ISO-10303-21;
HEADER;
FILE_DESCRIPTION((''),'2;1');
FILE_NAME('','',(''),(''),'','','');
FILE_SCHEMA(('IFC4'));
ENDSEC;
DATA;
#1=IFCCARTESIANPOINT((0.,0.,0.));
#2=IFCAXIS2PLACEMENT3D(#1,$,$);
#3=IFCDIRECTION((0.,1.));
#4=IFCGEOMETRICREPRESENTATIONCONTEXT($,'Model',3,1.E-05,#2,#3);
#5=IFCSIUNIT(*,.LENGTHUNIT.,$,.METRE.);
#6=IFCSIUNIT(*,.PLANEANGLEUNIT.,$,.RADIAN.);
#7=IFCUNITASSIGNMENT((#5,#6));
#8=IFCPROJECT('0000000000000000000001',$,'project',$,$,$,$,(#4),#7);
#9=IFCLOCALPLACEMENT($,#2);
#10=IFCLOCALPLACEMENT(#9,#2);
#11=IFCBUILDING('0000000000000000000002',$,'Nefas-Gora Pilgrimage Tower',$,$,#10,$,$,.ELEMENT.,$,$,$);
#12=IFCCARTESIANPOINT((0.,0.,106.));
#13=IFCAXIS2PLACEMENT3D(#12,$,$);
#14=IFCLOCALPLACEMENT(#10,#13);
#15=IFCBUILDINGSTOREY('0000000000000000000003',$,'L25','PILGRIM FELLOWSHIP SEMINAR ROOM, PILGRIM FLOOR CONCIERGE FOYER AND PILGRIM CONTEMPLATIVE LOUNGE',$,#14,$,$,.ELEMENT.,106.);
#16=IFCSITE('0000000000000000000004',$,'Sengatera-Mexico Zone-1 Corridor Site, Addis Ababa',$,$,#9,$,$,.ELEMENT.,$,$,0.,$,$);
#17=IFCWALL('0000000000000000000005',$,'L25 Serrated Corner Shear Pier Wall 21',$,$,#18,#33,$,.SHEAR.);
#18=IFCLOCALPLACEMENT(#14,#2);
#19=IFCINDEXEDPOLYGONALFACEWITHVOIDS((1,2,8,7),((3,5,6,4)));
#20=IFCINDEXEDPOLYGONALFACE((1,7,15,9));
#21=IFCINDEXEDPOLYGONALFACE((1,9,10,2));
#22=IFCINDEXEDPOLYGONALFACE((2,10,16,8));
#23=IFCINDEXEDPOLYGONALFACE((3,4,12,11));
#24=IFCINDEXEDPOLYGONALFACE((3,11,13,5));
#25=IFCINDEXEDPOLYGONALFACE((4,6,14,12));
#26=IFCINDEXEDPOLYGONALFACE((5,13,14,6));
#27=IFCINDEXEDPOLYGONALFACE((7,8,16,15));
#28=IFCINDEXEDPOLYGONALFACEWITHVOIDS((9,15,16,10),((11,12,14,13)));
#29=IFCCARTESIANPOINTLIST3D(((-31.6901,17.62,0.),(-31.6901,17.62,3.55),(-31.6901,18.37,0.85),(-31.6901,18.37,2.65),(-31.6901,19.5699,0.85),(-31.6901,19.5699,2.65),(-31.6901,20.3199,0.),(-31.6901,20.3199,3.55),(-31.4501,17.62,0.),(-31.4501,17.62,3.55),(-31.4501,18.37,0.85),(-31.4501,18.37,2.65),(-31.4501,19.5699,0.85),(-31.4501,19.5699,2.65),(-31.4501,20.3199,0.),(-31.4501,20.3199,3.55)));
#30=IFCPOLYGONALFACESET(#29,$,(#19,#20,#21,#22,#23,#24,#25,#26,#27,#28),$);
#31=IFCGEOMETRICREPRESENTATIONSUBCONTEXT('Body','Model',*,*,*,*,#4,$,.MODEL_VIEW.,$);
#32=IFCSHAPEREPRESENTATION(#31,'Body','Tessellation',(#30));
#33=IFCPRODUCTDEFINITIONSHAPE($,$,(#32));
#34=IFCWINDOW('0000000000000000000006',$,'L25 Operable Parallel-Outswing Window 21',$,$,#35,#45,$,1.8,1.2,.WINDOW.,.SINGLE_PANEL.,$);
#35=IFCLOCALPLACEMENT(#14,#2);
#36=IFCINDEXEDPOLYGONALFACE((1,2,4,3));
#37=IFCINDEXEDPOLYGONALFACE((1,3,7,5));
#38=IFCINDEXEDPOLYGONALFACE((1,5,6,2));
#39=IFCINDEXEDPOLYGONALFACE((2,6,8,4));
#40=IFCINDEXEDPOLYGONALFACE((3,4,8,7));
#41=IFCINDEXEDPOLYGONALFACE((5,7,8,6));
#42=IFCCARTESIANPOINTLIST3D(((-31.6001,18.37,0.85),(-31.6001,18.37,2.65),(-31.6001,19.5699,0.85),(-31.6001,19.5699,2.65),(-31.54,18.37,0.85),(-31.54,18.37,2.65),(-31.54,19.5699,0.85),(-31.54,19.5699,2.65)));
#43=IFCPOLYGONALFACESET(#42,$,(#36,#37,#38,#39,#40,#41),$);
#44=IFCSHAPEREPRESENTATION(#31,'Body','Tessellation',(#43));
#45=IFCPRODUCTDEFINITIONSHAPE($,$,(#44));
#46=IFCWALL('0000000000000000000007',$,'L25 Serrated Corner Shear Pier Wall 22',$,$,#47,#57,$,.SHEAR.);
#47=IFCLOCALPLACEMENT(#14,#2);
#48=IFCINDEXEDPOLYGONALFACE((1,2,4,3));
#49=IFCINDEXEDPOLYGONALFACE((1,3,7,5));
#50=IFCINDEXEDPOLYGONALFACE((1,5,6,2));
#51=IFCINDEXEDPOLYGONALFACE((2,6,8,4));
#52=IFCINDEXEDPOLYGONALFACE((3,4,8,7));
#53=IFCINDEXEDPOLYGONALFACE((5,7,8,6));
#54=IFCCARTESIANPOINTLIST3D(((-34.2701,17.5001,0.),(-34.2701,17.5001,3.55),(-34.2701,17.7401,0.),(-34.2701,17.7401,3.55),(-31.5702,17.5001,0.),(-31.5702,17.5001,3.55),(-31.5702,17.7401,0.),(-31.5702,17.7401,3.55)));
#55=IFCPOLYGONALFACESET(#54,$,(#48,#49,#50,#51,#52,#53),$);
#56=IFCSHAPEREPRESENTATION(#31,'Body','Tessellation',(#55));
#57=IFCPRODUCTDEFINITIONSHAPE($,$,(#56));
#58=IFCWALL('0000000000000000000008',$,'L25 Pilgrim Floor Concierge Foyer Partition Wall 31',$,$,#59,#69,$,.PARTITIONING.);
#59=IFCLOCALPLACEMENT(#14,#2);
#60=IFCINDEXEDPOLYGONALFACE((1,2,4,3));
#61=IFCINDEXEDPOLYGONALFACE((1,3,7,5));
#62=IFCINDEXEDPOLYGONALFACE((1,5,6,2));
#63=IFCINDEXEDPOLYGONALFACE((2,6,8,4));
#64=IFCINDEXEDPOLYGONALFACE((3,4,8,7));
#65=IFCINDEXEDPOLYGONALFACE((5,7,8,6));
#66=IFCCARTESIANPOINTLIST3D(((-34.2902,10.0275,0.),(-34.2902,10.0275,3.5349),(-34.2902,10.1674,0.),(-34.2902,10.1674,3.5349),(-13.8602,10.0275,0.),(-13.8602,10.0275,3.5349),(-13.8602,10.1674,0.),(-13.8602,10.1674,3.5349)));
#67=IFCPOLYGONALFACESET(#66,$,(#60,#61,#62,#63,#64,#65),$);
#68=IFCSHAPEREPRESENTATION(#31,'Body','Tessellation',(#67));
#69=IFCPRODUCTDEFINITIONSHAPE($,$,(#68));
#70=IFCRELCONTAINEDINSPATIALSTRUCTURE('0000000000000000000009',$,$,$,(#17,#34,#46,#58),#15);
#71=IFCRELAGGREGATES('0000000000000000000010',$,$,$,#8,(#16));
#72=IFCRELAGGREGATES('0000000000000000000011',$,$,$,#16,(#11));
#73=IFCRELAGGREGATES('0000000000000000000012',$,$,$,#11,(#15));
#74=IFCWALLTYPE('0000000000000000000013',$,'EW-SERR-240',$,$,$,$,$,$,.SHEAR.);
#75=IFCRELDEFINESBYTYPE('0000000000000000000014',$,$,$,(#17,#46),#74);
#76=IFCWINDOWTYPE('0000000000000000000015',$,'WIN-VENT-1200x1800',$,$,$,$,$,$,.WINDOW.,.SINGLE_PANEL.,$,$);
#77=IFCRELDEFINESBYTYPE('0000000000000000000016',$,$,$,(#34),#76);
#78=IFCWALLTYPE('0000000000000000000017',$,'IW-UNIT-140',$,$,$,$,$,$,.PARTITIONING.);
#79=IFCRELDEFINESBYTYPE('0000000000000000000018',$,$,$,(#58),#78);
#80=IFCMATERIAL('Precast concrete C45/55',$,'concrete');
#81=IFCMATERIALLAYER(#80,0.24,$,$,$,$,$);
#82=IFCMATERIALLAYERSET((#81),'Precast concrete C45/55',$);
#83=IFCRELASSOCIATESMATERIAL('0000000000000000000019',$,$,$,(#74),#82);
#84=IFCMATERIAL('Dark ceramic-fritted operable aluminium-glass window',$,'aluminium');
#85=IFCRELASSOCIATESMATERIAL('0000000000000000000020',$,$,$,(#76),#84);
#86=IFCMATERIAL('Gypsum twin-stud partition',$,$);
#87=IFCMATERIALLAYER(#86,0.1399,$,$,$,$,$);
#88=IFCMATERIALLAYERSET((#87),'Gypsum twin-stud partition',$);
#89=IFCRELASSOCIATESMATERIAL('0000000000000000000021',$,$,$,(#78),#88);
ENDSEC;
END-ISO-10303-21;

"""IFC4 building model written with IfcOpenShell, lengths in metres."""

from ifc_helpers import new_model, si_unit, direction, frame, frame_2d, origin, place, context, subcontext, project, spatial, rectangle, extrude, source, transform, mapped, material, layer, layer_set, type_object, element, fill, save


model = new_model("IFC4")

# Units and contexts
model_context = context("Model", 3, precision=1e-05, world=origin(), true_north=direction((0.0, 1.0)))
body_context = subcontext(model_context, "Body", "Model", "MODEL_VIEW")
ifc_project = project(units=[si_unit("LENGTHUNIT", "METRE"), si_unit("PLANEANGLEUNIT", "RADIAN")], contexts=[model_context])

# Site, building, storey
site_placement = place(None, origin())
site = spatial("IfcSite", under=ifc_project, at=site_placement, Name="Sengatera-Mexico Zone-1 Corridor Site, Addis Ababa", CompositionType="ELEMENT", RefElevation=0.0)
building_placement = place(site_placement, origin())
building = spatial("IfcBuilding", under=site, at=building_placement, Name="Nefas-Gora Pilgrimage Tower", CompositionType="ELEMENT")
storey_placement = place(building_placement, frame((0.0, 0.0, 106.0)))
storey = spatial("IfcBuildingStorey", under=building, at=storey_placement, Name="L25", Description="PILGRIM FELLOWSHIP SEMINAR ROOM, PILGRIM FLOOR CONCIERGE FOYER AND PILGRIM CONTEMPLATIVE LOUNGE", CompositionType="ELEMENT", Elevation=106.0)

# Shared definitions
ifc_material_1 = material(Name="Precast concrete C45/55", Category="concrete")
ifc_layer_1 = layer(ifc_material_1, 0.24)
ifc_layer_set_1 = layer_set([ifc_layer_1], Name="Precast concrete C45/55")
wall_type_1 = type_object("IfcWallType", Name="EW-SERR-240", PredefinedType="SHEAR", material=ifc_layer_set_1)
shared_shape_1 = source(origin(), body_context, "Body", "SweptSolid", [
    extrude(rectangle(XDim=2.7, YDim=0.24, at=frame_2d((1.3501, 0.0))), origin(), (0.0, 0.0, 1.0), 3.55),
])

# Wall, opening, window
wall_1_placement = place(storey_placement, frame((-31.5701, 20.3201, 0.0), z_axis=(0.0, 0.0, 1.0), x_axis=(0.0, -1.0, 0.0)))
wall_1 = element("IfcWall", 1, at=wall_1_placement, inside=storey, type_object=wall_type_1, Name="L25 Serrated Corner Shear Pier Wall 21", PredefinedType="SHEAR", context=body_context, shape_type="MappedRepresentation", body=[
    mapped(shared_shape_1, transform((0.0, 0.0, 0.0), x_axis=(1.0, 0.0, 0.0), y_axis=(0.0, 1.0, 0.0), z_axis=(0.0, 0.0, 1.0), scale=1.0)),
])
opening_placement = place(wall_1_placement, frame((0.75, 0.0, 0.8501)))
opening = element("IfcOpeningElement", 2, at=opening_placement, cuts=wall_1, PredefinedType="OPENING", context=body_context, shape_type="SweptSolid", body=[
    extrude(rectangle(XDim=1.2, YDim=1.8, at=frame_2d((0.6001, 0.8999))), frame((0.0, 0.1299, 0.0), z_axis=(0.0, -1.0, 0.0), x_axis=(1.0, 0.0, 0.0)), (0.0, 0.0, 1.0), 0.26),
])
ifc_material_2 = material(Name="Dark ceramic-fritted operable aluminium-glass window", Category="aluminium")
window_type = type_object("IfcWindowType", Name="WIN-VENT-1200x1800", PartitioningType="SINGLE_PANEL", PredefinedType="WINDOW", material=ifc_material_2)
shared_shape_2 = source(origin(), body_context, "Body", "SweptSolid", [
    extrude(rectangle(XDim=1.2, YDim=1.8, at=frame_2d((0.6001, 0.8999))), frame((0.0, 0.03, 0.0), z_axis=(0.0, -1.0, 0.0), x_axis=(1.0, 0.0, 0.0)), (0.0, 0.0, 1.0), 0.0601),
])
window_placement = place(opening_placement, origin())
window = element("IfcWindow", 3, at=window_placement, inside=storey, type_object=window_type, Name="L25 Operable Parallel-Outswing Window 21", OverallHeight=1.8, OverallWidth=1.2, PartitioningType="SINGLE_PANEL", PredefinedType="WINDOW", context=body_context, shape_type="MappedRepresentation", body=[
    mapped(shared_shape_2, transform((0.0, 0.0, 0.0), x_axis=(1.0, 0.0, 0.0), y_axis=(0.0, 1.0, 0.0), z_axis=(0.0, 0.0, 1.0), scale=1.0)),
])
fill(opening, window)

# Walls
wall_2_placement = place(storey_placement, frame((-31.5701, 17.6201, 0.0), z_axis=(0.0, 0.0, 1.0), x_axis=(-1.0, 0.0, 0.0)))
element("IfcWall", 4, at=wall_2_placement, inside=storey, type_object=wall_type_1, Name="L25 Serrated Corner Shear Pier Wall 22", PredefinedType="SHEAR", context=body_context, shape_type="MappedRepresentation", body=[
    mapped(shared_shape_1, transform((0.0, 0.0, 0.0), x_axis=(1.0, 0.0, 0.0), y_axis=(0.0, 1.0, 0.0), z_axis=(0.0, 0.0, 1.0), scale=1.0)),
])
ifc_material_3 = material(Name="Gypsum twin-stud partition")
ifc_layer_2 = layer(ifc_material_3, 0.1399)
ifc_layer_set_2 = layer_set([ifc_layer_2], Name="Gypsum twin-stud partition")
wall_type_2 = type_object("IfcWallType", Name="IW-UNIT-140", PredefinedType="PARTITIONING", material=ifc_layer_set_2)
shared_shape_3 = source(origin(), body_context, "Body", "SweptSolid", [
    extrude(rectangle(XDim=20.4299, YDim=0.1399, at=frame_2d((10.2148, 0.0))), origin(), (0.0, 0.0, 1.0), 3.5349),
])
wall_3_placement = place(storey_placement, frame((-34.29, 10.0974, 0.0), z_axis=(0.0, 0.0, 1.0), x_axis=(1.0, 0.0, 0.0)))
element("IfcWall", 5, at=wall_3_placement, inside=storey, type_object=wall_type_2, Name="L25 Pilgrim Floor Concierge Foyer Partition Wall 31", PredefinedType="PARTITIONING", context=body_context, shape_type="MappedRepresentation", body=[
    mapped(shared_shape_3, transform((0.0, 0.0, 0.0), x_axis=(1.0, 0.0, 0.0), y_axis=(0.0, 1.0, 0.0), z_axis=(0.0, 0.0, 1.0), scale=1.0)),
])

save(model, "model.ifc")
